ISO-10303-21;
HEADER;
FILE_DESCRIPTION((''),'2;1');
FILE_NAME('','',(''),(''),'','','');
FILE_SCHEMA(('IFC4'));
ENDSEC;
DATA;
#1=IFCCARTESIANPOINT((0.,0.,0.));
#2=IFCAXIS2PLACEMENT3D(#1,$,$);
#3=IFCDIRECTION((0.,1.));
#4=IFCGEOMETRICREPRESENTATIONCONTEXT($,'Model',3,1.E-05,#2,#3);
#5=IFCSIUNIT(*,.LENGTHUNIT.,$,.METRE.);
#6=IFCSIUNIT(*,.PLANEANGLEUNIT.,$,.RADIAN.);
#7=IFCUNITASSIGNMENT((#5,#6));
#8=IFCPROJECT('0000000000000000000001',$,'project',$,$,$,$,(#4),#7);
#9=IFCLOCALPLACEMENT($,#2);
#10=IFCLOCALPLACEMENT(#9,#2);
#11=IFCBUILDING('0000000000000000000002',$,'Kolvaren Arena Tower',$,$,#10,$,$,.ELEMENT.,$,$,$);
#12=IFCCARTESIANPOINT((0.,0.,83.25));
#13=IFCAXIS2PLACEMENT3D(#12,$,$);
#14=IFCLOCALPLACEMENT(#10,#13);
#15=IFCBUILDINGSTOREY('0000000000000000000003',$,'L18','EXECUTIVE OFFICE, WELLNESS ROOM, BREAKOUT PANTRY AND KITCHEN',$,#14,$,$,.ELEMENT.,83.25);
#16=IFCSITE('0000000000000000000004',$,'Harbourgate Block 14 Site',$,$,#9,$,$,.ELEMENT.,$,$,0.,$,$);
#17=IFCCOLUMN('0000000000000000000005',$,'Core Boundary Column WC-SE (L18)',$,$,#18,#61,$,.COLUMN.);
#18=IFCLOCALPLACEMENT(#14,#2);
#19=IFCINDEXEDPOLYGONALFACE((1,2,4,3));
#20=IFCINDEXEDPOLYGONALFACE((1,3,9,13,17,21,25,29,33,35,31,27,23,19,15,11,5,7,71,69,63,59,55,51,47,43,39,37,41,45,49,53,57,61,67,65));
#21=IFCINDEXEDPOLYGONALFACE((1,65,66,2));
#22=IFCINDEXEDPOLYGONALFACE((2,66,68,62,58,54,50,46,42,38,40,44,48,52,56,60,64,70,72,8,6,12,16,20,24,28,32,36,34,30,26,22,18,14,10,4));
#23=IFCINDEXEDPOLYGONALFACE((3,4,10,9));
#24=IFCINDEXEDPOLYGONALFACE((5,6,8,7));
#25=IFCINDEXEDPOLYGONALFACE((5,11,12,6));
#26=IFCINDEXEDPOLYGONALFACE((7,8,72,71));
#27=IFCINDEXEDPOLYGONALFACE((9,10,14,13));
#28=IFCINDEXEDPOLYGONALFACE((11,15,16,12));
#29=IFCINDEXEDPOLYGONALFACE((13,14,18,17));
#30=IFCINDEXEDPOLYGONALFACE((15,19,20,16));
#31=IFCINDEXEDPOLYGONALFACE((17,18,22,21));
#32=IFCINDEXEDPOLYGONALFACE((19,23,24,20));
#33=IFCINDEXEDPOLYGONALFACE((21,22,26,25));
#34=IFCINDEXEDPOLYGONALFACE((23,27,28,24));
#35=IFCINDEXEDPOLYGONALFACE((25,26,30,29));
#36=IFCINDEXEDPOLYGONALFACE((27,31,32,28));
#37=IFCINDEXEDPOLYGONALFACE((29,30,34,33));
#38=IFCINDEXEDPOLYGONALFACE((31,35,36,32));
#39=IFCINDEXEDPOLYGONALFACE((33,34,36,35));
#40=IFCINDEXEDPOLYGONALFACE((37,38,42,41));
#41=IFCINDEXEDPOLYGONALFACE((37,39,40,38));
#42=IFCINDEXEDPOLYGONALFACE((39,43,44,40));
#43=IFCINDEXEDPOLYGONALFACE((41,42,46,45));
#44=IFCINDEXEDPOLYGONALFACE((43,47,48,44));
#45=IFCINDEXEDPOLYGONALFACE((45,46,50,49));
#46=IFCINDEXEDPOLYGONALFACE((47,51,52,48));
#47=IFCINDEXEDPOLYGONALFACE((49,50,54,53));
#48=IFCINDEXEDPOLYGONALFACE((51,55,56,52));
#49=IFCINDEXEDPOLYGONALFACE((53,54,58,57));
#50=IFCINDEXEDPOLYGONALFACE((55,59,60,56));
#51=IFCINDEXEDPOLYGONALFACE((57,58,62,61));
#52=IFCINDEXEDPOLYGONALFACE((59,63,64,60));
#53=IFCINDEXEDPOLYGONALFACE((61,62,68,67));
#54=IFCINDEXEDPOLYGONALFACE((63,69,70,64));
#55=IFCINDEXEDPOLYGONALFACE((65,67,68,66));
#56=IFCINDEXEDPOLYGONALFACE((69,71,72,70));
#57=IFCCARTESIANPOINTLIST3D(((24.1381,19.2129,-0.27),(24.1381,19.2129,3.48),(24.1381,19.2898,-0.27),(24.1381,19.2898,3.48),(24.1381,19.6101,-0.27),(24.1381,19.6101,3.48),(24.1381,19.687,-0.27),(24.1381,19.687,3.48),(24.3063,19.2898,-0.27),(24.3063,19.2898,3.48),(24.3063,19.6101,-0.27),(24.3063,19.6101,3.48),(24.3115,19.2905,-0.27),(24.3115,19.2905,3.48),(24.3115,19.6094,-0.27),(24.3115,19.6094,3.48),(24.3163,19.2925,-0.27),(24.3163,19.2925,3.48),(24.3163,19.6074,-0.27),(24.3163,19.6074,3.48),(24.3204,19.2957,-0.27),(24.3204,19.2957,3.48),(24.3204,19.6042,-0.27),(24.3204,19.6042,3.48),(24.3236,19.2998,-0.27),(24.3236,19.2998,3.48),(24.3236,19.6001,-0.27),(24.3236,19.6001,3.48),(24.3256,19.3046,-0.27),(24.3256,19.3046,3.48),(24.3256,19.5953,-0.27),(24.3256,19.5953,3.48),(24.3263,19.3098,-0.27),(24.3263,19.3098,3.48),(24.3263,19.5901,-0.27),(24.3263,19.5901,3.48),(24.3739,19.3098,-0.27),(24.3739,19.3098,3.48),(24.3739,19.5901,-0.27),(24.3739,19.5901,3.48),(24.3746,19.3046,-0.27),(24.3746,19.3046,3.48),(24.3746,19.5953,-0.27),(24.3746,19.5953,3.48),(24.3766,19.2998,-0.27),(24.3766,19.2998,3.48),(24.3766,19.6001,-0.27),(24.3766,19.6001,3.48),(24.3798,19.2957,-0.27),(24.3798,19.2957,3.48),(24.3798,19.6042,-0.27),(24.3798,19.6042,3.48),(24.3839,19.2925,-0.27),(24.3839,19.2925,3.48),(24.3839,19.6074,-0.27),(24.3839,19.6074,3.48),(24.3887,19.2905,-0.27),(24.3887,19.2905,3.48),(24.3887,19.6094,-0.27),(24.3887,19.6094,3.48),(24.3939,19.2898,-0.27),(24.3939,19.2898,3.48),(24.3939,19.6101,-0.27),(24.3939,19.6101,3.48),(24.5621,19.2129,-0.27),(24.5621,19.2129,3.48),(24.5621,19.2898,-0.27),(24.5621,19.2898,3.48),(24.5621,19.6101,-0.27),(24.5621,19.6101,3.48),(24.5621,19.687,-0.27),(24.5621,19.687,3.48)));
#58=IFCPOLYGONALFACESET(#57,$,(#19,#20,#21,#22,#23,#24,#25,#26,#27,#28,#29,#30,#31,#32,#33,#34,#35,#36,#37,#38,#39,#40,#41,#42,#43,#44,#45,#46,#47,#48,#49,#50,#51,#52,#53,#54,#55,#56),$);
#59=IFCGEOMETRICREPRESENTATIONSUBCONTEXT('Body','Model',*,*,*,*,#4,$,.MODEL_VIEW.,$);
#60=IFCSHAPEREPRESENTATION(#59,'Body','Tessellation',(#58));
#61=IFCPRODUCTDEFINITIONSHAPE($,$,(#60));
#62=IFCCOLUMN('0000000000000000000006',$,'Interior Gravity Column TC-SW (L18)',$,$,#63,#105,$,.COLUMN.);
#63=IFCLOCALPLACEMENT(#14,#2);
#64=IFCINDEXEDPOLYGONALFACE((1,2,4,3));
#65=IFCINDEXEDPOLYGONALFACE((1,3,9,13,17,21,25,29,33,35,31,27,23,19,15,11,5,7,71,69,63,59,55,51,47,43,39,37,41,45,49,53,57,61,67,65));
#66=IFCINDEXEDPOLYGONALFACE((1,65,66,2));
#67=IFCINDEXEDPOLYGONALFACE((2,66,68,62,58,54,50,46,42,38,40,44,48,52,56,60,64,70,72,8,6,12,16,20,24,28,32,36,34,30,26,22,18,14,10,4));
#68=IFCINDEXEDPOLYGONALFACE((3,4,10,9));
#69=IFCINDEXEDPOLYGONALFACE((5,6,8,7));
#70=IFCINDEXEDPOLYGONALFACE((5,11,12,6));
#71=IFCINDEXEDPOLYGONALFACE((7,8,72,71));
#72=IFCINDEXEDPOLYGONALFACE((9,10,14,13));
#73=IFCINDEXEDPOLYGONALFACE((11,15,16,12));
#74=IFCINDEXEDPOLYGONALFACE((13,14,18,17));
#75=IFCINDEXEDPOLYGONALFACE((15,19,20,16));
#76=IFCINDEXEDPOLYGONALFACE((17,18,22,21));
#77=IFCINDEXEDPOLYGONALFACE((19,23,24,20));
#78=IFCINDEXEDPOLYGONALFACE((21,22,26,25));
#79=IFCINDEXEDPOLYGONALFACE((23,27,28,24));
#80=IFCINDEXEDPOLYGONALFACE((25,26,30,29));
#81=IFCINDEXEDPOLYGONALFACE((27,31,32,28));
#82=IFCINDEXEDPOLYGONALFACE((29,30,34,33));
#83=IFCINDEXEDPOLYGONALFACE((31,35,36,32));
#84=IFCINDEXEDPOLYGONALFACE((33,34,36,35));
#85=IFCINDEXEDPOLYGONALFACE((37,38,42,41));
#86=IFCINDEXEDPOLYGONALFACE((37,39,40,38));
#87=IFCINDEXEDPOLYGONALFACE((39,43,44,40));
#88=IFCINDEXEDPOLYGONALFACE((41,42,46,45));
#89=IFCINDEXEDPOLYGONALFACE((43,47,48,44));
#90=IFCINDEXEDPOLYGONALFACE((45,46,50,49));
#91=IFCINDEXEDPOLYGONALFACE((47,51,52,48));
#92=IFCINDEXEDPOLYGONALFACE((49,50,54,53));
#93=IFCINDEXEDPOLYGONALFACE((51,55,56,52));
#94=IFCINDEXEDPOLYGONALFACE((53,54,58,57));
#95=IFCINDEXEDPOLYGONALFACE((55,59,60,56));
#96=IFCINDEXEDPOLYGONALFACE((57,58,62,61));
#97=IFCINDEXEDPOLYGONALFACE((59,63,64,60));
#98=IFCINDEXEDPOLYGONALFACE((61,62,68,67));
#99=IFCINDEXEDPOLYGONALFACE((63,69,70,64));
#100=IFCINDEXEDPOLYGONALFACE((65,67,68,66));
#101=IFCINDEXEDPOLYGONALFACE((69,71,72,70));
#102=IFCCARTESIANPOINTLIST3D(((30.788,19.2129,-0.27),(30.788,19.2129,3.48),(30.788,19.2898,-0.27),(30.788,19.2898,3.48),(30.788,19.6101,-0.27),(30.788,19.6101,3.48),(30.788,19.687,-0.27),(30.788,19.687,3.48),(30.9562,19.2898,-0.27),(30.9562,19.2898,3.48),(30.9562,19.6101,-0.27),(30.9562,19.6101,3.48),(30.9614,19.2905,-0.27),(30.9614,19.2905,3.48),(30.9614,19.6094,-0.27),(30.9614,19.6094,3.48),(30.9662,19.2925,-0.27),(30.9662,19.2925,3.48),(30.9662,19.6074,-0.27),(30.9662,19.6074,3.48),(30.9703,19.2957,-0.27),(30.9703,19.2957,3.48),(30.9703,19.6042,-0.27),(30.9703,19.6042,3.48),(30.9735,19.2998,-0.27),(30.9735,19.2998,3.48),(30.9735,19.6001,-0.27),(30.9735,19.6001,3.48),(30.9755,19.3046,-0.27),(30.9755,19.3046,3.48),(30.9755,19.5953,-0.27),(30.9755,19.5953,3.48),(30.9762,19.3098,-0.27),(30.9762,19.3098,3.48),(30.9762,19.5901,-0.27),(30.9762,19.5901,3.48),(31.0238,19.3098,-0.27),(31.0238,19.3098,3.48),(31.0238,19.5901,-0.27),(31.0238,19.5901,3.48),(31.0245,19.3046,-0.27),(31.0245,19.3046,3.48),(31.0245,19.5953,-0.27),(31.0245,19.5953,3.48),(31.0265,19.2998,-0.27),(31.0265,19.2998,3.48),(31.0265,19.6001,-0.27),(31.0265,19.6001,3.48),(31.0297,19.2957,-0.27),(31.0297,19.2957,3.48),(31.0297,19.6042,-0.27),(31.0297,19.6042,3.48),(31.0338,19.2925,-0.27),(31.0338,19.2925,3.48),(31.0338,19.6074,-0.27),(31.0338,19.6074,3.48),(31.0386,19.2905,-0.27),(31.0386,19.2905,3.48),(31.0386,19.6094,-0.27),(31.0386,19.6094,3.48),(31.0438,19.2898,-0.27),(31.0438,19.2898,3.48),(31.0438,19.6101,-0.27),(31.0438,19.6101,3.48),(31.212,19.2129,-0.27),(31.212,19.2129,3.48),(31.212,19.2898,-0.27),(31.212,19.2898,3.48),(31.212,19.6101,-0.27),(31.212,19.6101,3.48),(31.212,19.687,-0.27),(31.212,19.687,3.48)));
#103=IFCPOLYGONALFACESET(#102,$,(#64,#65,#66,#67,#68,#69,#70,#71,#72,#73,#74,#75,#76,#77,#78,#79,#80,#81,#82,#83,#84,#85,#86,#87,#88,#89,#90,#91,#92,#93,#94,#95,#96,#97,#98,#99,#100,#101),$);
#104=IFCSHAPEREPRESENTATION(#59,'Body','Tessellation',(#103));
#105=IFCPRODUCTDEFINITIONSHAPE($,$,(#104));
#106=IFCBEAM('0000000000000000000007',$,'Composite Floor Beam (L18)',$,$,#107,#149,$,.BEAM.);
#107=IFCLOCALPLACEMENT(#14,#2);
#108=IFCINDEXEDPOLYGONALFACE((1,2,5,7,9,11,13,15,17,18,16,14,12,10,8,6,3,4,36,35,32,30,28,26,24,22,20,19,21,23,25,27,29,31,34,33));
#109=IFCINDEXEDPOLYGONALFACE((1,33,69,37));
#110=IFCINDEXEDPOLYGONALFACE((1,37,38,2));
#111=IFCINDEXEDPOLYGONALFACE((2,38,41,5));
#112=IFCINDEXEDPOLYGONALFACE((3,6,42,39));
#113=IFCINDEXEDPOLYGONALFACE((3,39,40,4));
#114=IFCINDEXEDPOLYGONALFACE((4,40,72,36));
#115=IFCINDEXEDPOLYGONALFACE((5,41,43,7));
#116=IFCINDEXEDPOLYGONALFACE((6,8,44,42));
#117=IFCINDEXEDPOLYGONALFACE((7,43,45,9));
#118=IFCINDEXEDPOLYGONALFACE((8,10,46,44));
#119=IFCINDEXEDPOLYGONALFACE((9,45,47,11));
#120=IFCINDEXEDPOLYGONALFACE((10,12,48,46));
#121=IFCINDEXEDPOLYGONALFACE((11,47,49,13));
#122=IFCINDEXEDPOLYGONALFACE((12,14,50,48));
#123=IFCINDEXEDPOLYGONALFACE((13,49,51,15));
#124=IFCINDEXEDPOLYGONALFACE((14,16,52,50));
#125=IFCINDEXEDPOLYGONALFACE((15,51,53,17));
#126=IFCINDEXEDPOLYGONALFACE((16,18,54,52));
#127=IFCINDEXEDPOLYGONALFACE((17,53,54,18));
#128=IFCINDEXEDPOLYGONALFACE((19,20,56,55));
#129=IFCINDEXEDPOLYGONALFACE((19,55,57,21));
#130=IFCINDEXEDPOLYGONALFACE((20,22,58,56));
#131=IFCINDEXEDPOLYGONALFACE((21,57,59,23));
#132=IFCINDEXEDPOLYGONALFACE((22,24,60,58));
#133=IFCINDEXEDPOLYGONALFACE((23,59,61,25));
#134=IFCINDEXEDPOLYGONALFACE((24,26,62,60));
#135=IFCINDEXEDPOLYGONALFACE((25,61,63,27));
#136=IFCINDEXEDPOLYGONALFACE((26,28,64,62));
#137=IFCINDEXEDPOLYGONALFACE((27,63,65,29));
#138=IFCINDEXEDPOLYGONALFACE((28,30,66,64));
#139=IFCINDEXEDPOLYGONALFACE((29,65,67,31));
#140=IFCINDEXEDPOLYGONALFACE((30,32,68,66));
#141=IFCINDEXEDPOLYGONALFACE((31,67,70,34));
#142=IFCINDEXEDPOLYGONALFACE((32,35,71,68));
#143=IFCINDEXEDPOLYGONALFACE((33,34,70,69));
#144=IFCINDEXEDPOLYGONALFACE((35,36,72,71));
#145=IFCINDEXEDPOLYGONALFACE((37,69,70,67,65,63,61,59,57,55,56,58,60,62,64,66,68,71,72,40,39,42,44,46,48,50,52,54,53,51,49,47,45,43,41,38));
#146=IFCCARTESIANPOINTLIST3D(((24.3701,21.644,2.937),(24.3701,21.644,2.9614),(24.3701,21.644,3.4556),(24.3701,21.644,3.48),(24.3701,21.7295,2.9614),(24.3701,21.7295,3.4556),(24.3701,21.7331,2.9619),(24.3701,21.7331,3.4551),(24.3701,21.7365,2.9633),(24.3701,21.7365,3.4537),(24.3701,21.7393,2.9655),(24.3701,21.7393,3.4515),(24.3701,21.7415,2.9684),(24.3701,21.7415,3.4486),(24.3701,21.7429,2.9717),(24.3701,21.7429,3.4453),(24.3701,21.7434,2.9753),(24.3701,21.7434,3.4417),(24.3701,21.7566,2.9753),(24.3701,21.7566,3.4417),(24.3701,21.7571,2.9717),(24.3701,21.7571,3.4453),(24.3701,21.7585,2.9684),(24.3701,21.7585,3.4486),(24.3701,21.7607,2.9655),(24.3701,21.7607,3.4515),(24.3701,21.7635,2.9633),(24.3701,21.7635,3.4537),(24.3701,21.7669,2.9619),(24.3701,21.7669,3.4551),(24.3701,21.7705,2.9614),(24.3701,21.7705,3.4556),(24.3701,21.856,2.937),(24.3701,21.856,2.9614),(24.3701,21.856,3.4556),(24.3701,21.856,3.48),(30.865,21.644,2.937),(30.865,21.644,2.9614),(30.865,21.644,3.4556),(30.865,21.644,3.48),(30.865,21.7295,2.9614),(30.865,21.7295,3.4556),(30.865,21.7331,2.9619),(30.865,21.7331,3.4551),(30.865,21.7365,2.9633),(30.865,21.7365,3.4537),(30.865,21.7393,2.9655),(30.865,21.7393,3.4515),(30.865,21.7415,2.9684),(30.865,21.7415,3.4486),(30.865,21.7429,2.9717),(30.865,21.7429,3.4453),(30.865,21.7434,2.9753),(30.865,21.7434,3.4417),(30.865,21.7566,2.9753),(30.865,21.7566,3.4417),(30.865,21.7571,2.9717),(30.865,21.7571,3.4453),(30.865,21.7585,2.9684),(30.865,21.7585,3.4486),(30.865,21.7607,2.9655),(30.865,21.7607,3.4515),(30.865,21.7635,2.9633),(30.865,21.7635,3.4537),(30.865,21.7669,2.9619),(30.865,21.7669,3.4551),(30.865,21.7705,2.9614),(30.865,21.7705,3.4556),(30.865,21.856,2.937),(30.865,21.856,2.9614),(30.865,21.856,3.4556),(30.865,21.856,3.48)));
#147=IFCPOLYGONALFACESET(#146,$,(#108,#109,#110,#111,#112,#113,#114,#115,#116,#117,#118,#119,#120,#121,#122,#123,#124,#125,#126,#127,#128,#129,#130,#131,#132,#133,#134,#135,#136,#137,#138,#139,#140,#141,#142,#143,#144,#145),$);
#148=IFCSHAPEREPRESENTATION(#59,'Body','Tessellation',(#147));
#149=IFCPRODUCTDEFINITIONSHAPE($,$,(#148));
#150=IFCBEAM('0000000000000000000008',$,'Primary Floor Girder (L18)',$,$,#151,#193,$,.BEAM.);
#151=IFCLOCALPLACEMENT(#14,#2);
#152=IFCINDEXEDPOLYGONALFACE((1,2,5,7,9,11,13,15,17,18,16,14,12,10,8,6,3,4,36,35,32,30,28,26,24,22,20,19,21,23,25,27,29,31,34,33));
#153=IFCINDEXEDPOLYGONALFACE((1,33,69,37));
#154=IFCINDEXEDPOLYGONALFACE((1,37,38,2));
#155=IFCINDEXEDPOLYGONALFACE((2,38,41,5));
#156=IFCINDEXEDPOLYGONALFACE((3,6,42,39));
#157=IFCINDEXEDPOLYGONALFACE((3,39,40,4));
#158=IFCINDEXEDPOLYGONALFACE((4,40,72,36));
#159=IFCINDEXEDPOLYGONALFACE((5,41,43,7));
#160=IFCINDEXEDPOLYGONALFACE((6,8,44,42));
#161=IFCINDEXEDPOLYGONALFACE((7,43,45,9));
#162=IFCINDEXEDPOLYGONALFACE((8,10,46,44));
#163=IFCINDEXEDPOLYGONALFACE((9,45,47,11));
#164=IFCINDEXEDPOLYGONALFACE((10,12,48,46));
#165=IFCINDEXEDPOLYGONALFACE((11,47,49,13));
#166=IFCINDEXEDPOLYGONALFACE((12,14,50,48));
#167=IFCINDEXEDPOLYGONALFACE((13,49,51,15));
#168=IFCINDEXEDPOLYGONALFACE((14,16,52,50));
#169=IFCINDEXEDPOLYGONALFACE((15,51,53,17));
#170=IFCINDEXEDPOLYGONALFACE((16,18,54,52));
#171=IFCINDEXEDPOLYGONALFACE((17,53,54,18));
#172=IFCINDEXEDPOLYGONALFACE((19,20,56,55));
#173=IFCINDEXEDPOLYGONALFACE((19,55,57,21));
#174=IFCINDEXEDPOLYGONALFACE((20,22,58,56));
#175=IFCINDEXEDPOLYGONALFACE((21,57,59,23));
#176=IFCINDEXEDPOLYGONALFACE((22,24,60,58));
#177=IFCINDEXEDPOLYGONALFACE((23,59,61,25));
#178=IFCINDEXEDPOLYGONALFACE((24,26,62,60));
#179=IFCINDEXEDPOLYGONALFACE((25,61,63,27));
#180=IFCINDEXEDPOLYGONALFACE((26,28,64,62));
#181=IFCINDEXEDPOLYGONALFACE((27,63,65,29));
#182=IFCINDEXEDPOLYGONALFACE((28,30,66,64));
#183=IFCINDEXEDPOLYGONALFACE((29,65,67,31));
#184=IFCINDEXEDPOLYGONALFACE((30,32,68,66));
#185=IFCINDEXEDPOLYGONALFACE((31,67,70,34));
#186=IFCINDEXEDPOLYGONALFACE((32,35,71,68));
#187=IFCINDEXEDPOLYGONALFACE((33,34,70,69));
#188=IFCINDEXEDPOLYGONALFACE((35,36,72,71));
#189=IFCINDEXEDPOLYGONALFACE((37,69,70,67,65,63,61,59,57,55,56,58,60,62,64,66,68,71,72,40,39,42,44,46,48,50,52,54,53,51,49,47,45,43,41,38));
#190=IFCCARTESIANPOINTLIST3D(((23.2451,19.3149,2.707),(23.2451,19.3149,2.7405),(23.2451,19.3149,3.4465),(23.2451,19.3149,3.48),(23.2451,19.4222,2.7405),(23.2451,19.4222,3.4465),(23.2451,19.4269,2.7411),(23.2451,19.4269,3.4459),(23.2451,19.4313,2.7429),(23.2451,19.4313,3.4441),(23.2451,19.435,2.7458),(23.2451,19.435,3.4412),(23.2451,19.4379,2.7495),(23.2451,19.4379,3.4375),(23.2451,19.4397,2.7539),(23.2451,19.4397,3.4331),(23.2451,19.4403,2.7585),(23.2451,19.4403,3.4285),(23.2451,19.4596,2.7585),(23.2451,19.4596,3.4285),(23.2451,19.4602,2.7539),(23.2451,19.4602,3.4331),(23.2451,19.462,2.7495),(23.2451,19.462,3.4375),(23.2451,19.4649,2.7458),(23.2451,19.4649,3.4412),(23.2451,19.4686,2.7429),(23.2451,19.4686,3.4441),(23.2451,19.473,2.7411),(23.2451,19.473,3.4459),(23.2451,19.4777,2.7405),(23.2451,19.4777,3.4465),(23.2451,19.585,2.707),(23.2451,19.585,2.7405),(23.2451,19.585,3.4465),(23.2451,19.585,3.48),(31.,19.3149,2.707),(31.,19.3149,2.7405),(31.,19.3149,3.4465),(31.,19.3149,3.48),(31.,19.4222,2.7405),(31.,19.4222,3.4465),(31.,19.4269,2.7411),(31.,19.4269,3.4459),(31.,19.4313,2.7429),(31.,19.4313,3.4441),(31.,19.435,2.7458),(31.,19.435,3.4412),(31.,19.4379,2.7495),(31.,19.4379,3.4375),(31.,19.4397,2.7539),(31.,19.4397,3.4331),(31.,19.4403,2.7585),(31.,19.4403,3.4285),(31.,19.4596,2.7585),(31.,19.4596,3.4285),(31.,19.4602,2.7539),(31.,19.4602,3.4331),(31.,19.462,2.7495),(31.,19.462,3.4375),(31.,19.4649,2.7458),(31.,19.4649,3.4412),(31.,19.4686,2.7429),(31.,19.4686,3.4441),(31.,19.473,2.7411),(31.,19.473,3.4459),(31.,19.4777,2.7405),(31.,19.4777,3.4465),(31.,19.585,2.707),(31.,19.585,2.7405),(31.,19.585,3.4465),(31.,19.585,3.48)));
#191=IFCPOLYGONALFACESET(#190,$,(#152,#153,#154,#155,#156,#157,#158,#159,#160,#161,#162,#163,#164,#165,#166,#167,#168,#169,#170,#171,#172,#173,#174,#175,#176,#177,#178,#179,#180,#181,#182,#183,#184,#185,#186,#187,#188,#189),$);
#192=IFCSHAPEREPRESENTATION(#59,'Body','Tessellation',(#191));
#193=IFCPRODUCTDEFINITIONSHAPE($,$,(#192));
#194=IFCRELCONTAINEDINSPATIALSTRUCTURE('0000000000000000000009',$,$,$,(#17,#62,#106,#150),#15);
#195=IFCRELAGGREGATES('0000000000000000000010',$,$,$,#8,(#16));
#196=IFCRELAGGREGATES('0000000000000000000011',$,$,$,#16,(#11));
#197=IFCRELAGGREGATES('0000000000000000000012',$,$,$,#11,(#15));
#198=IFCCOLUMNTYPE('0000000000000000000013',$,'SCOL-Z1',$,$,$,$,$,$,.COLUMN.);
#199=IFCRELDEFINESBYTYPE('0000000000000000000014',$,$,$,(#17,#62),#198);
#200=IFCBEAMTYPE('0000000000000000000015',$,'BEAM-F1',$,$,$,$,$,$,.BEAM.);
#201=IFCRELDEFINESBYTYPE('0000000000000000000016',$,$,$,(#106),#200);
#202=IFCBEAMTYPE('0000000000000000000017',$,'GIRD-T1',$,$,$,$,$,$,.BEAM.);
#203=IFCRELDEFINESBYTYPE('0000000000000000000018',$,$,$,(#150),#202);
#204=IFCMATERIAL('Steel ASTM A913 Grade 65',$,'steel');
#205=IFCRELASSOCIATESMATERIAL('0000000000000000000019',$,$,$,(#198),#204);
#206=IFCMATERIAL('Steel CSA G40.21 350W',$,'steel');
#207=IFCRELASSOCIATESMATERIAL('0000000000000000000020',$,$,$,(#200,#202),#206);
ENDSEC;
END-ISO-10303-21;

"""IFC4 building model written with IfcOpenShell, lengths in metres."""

from ifc_helpers import new_model, si_unit, direction, frame, origin, origin_2d, place, context, subcontext, project, spatial, i_section, extrude, material, material_profile, profile_set, type_object, element, save


model = new_model("IFC4")

# Units and contexts
model_context = context("Model", 3, precision=1e-05, world=origin(), true_north=direction((0.0, 1.0)))
body_context = subcontext(model_context, "Body", "Model", "MODEL_VIEW")
ifc_project = project(units=[si_unit("LENGTHUNIT", "METRE"), si_unit("PLANEANGLEUNIT", "RADIAN")], contexts=[model_context])

# Site, building, storey
site_placement = place(None, origin())
site = spatial("IfcSite", under=ifc_project, at=site_placement, Name="Harbourgate Block 14 Site", CompositionType="ELEMENT", RefElevation=0.0)
building_placement = place(site_placement, origin())
building = spatial("IfcBuilding", under=site, at=building_placement, Name="Kolvaren Arena Tower", CompositionType="ELEMENT")
storey_placement = place(building_placement, frame((0.0, 0.0, 83.25)))
storey = spatial("IfcBuildingStorey", under=building, at=storey_placement, Name="L18", Description="EXECUTIVE OFFICE, WELLNESS ROOM, BREAKOUT PANTRY AND KITCHEN", CompositionType="ELEMENT", Elevation=83.25)

# Columns
ifc_material_1 = material(Name="Steel ASTM A913 Grade 65", Category="steel")
ifc_material_profile_1 = material_profile(ifc_material_1, i_section(OverallWidth=0.4241, OverallDepth=0.4741, WebThickness=0.0476, FlangeThickness=0.0769, FilletRadius=0.02, at=origin_2d()), Name="W360x634")
ifc_profile_set_1 = profile_set([ifc_material_profile_1], Name="Steel ASTM A913 Grade 65")
column_type = type_object("IfcColumnType", Name="SCOL-Z1", PredefinedType="COLUMN", material=ifc_profile_set_1)
for number, where, z_axis, x_axis, name in (
    (1, (24.3501, 19.45, -0.27), (0.0, 0.0, 1.0), (1.0, 0.0, 0.0), "Core Boundary Column WC-SE (L18)"),
    (2, (31.0, 19.45, -0.27), (0.0, 0.0, 1.0), (1.0, 0.0, 0.0), "Interior Gravity Column TC-SW (L18)"),
):
    element("IfcColumn", number, at=place(storey_placement, frame(where, z_axis=z_axis, x_axis=x_axis)), inside=storey, type_object=column_type, Name=name, PredefinedType="COLUMN", context=body_context, shape_type="SweptSolid", body=[
        extrude(i_section(OverallWidth=0.4241, OverallDepth=0.4741, WebThickness=0.0476, FlangeThickness=0.0769, FilletRadius=0.02, at=origin_2d()), origin(), (0.0, 0.0, 1.0), 3.75),
    ])

# Beams
ifc_material_2 = material(Name="Steel CSA G40.21 350W", Category="steel")
ifc_material_profile_2 = material_profile(ifc_material_2, i_section(OverallWidth=0.2119, OverallDepth=0.543, WebThickness=0.0132, FlangeThickness=0.0244, FilletRadius=0.0139, at=origin_2d()), Name="W530x150")
ifc_profile_set_2 = profile_set([ifc_material_profile_2], Name="Steel CSA G40.21 350W")
beam_type_1 = type_object("IfcBeamType", Name="BEAM-F1", PredefinedType="BEAM", material=ifc_profile_set_2)
beam_1_placement = place(storey_placement, frame((24.3701, 21.75, 3.2085), z_axis=(1.0, 0.0, 0.0), x_axis=(0.0, 1.0, 0.0)))
element("IfcBeam", 3, at=beam_1_placement, inside=storey, type_object=beam_type_1, Name="Composite Floor Beam (L18)", PredefinedType="BEAM", context=body_context, shape_type="SweptSolid", body=[
    extrude(i_section(OverallWidth=0.2119, OverallDepth=0.543, WebThickness=0.0132, FlangeThickness=0.0244, FilletRadius=0.0139, at=origin_2d()), origin(), (0.0, 0.0, 1.0), 6.4949),
])
ifc_material_profile_3 = material_profile(ifc_material_2, i_section(OverallWidth=0.27, OverallDepth=0.7729, WebThickness=0.0193, FlangeThickness=0.0334, FilletRadius=0.0181, at=origin_2d()), Name="W760x257")
ifc_profile_set_3 = profile_set([ifc_material_profile_3], Name="Steel CSA G40.21 350W")
beam_type_2 = type_object("IfcBeamType", Name="GIRD-T1", PredefinedType="BEAM", material=ifc_profile_set_3)
beam_2_placement = place(storey_placement, frame((23.2451, 19.45, 3.0935), z_axis=(1.0, 0.0, 0.0), x_axis=(0.0, 1.0, 0.0)))
element("IfcBeam", 4, at=beam_2_placement, inside=storey, type_object=beam_type_2, Name="Primary Floor Girder (L18)", PredefinedType="BEAM", context=body_context, shape_type="SweptSolid", body=[
    extrude(i_section(OverallWidth=0.27, OverallDepth=0.7729, WebThickness=0.0193, FlangeThickness=0.0334, FilletRadius=0.0181, at=origin_2d()), origin(), (0.0, 0.0, 1.0), 7.7549),
])

save(model, "model.ifc")
